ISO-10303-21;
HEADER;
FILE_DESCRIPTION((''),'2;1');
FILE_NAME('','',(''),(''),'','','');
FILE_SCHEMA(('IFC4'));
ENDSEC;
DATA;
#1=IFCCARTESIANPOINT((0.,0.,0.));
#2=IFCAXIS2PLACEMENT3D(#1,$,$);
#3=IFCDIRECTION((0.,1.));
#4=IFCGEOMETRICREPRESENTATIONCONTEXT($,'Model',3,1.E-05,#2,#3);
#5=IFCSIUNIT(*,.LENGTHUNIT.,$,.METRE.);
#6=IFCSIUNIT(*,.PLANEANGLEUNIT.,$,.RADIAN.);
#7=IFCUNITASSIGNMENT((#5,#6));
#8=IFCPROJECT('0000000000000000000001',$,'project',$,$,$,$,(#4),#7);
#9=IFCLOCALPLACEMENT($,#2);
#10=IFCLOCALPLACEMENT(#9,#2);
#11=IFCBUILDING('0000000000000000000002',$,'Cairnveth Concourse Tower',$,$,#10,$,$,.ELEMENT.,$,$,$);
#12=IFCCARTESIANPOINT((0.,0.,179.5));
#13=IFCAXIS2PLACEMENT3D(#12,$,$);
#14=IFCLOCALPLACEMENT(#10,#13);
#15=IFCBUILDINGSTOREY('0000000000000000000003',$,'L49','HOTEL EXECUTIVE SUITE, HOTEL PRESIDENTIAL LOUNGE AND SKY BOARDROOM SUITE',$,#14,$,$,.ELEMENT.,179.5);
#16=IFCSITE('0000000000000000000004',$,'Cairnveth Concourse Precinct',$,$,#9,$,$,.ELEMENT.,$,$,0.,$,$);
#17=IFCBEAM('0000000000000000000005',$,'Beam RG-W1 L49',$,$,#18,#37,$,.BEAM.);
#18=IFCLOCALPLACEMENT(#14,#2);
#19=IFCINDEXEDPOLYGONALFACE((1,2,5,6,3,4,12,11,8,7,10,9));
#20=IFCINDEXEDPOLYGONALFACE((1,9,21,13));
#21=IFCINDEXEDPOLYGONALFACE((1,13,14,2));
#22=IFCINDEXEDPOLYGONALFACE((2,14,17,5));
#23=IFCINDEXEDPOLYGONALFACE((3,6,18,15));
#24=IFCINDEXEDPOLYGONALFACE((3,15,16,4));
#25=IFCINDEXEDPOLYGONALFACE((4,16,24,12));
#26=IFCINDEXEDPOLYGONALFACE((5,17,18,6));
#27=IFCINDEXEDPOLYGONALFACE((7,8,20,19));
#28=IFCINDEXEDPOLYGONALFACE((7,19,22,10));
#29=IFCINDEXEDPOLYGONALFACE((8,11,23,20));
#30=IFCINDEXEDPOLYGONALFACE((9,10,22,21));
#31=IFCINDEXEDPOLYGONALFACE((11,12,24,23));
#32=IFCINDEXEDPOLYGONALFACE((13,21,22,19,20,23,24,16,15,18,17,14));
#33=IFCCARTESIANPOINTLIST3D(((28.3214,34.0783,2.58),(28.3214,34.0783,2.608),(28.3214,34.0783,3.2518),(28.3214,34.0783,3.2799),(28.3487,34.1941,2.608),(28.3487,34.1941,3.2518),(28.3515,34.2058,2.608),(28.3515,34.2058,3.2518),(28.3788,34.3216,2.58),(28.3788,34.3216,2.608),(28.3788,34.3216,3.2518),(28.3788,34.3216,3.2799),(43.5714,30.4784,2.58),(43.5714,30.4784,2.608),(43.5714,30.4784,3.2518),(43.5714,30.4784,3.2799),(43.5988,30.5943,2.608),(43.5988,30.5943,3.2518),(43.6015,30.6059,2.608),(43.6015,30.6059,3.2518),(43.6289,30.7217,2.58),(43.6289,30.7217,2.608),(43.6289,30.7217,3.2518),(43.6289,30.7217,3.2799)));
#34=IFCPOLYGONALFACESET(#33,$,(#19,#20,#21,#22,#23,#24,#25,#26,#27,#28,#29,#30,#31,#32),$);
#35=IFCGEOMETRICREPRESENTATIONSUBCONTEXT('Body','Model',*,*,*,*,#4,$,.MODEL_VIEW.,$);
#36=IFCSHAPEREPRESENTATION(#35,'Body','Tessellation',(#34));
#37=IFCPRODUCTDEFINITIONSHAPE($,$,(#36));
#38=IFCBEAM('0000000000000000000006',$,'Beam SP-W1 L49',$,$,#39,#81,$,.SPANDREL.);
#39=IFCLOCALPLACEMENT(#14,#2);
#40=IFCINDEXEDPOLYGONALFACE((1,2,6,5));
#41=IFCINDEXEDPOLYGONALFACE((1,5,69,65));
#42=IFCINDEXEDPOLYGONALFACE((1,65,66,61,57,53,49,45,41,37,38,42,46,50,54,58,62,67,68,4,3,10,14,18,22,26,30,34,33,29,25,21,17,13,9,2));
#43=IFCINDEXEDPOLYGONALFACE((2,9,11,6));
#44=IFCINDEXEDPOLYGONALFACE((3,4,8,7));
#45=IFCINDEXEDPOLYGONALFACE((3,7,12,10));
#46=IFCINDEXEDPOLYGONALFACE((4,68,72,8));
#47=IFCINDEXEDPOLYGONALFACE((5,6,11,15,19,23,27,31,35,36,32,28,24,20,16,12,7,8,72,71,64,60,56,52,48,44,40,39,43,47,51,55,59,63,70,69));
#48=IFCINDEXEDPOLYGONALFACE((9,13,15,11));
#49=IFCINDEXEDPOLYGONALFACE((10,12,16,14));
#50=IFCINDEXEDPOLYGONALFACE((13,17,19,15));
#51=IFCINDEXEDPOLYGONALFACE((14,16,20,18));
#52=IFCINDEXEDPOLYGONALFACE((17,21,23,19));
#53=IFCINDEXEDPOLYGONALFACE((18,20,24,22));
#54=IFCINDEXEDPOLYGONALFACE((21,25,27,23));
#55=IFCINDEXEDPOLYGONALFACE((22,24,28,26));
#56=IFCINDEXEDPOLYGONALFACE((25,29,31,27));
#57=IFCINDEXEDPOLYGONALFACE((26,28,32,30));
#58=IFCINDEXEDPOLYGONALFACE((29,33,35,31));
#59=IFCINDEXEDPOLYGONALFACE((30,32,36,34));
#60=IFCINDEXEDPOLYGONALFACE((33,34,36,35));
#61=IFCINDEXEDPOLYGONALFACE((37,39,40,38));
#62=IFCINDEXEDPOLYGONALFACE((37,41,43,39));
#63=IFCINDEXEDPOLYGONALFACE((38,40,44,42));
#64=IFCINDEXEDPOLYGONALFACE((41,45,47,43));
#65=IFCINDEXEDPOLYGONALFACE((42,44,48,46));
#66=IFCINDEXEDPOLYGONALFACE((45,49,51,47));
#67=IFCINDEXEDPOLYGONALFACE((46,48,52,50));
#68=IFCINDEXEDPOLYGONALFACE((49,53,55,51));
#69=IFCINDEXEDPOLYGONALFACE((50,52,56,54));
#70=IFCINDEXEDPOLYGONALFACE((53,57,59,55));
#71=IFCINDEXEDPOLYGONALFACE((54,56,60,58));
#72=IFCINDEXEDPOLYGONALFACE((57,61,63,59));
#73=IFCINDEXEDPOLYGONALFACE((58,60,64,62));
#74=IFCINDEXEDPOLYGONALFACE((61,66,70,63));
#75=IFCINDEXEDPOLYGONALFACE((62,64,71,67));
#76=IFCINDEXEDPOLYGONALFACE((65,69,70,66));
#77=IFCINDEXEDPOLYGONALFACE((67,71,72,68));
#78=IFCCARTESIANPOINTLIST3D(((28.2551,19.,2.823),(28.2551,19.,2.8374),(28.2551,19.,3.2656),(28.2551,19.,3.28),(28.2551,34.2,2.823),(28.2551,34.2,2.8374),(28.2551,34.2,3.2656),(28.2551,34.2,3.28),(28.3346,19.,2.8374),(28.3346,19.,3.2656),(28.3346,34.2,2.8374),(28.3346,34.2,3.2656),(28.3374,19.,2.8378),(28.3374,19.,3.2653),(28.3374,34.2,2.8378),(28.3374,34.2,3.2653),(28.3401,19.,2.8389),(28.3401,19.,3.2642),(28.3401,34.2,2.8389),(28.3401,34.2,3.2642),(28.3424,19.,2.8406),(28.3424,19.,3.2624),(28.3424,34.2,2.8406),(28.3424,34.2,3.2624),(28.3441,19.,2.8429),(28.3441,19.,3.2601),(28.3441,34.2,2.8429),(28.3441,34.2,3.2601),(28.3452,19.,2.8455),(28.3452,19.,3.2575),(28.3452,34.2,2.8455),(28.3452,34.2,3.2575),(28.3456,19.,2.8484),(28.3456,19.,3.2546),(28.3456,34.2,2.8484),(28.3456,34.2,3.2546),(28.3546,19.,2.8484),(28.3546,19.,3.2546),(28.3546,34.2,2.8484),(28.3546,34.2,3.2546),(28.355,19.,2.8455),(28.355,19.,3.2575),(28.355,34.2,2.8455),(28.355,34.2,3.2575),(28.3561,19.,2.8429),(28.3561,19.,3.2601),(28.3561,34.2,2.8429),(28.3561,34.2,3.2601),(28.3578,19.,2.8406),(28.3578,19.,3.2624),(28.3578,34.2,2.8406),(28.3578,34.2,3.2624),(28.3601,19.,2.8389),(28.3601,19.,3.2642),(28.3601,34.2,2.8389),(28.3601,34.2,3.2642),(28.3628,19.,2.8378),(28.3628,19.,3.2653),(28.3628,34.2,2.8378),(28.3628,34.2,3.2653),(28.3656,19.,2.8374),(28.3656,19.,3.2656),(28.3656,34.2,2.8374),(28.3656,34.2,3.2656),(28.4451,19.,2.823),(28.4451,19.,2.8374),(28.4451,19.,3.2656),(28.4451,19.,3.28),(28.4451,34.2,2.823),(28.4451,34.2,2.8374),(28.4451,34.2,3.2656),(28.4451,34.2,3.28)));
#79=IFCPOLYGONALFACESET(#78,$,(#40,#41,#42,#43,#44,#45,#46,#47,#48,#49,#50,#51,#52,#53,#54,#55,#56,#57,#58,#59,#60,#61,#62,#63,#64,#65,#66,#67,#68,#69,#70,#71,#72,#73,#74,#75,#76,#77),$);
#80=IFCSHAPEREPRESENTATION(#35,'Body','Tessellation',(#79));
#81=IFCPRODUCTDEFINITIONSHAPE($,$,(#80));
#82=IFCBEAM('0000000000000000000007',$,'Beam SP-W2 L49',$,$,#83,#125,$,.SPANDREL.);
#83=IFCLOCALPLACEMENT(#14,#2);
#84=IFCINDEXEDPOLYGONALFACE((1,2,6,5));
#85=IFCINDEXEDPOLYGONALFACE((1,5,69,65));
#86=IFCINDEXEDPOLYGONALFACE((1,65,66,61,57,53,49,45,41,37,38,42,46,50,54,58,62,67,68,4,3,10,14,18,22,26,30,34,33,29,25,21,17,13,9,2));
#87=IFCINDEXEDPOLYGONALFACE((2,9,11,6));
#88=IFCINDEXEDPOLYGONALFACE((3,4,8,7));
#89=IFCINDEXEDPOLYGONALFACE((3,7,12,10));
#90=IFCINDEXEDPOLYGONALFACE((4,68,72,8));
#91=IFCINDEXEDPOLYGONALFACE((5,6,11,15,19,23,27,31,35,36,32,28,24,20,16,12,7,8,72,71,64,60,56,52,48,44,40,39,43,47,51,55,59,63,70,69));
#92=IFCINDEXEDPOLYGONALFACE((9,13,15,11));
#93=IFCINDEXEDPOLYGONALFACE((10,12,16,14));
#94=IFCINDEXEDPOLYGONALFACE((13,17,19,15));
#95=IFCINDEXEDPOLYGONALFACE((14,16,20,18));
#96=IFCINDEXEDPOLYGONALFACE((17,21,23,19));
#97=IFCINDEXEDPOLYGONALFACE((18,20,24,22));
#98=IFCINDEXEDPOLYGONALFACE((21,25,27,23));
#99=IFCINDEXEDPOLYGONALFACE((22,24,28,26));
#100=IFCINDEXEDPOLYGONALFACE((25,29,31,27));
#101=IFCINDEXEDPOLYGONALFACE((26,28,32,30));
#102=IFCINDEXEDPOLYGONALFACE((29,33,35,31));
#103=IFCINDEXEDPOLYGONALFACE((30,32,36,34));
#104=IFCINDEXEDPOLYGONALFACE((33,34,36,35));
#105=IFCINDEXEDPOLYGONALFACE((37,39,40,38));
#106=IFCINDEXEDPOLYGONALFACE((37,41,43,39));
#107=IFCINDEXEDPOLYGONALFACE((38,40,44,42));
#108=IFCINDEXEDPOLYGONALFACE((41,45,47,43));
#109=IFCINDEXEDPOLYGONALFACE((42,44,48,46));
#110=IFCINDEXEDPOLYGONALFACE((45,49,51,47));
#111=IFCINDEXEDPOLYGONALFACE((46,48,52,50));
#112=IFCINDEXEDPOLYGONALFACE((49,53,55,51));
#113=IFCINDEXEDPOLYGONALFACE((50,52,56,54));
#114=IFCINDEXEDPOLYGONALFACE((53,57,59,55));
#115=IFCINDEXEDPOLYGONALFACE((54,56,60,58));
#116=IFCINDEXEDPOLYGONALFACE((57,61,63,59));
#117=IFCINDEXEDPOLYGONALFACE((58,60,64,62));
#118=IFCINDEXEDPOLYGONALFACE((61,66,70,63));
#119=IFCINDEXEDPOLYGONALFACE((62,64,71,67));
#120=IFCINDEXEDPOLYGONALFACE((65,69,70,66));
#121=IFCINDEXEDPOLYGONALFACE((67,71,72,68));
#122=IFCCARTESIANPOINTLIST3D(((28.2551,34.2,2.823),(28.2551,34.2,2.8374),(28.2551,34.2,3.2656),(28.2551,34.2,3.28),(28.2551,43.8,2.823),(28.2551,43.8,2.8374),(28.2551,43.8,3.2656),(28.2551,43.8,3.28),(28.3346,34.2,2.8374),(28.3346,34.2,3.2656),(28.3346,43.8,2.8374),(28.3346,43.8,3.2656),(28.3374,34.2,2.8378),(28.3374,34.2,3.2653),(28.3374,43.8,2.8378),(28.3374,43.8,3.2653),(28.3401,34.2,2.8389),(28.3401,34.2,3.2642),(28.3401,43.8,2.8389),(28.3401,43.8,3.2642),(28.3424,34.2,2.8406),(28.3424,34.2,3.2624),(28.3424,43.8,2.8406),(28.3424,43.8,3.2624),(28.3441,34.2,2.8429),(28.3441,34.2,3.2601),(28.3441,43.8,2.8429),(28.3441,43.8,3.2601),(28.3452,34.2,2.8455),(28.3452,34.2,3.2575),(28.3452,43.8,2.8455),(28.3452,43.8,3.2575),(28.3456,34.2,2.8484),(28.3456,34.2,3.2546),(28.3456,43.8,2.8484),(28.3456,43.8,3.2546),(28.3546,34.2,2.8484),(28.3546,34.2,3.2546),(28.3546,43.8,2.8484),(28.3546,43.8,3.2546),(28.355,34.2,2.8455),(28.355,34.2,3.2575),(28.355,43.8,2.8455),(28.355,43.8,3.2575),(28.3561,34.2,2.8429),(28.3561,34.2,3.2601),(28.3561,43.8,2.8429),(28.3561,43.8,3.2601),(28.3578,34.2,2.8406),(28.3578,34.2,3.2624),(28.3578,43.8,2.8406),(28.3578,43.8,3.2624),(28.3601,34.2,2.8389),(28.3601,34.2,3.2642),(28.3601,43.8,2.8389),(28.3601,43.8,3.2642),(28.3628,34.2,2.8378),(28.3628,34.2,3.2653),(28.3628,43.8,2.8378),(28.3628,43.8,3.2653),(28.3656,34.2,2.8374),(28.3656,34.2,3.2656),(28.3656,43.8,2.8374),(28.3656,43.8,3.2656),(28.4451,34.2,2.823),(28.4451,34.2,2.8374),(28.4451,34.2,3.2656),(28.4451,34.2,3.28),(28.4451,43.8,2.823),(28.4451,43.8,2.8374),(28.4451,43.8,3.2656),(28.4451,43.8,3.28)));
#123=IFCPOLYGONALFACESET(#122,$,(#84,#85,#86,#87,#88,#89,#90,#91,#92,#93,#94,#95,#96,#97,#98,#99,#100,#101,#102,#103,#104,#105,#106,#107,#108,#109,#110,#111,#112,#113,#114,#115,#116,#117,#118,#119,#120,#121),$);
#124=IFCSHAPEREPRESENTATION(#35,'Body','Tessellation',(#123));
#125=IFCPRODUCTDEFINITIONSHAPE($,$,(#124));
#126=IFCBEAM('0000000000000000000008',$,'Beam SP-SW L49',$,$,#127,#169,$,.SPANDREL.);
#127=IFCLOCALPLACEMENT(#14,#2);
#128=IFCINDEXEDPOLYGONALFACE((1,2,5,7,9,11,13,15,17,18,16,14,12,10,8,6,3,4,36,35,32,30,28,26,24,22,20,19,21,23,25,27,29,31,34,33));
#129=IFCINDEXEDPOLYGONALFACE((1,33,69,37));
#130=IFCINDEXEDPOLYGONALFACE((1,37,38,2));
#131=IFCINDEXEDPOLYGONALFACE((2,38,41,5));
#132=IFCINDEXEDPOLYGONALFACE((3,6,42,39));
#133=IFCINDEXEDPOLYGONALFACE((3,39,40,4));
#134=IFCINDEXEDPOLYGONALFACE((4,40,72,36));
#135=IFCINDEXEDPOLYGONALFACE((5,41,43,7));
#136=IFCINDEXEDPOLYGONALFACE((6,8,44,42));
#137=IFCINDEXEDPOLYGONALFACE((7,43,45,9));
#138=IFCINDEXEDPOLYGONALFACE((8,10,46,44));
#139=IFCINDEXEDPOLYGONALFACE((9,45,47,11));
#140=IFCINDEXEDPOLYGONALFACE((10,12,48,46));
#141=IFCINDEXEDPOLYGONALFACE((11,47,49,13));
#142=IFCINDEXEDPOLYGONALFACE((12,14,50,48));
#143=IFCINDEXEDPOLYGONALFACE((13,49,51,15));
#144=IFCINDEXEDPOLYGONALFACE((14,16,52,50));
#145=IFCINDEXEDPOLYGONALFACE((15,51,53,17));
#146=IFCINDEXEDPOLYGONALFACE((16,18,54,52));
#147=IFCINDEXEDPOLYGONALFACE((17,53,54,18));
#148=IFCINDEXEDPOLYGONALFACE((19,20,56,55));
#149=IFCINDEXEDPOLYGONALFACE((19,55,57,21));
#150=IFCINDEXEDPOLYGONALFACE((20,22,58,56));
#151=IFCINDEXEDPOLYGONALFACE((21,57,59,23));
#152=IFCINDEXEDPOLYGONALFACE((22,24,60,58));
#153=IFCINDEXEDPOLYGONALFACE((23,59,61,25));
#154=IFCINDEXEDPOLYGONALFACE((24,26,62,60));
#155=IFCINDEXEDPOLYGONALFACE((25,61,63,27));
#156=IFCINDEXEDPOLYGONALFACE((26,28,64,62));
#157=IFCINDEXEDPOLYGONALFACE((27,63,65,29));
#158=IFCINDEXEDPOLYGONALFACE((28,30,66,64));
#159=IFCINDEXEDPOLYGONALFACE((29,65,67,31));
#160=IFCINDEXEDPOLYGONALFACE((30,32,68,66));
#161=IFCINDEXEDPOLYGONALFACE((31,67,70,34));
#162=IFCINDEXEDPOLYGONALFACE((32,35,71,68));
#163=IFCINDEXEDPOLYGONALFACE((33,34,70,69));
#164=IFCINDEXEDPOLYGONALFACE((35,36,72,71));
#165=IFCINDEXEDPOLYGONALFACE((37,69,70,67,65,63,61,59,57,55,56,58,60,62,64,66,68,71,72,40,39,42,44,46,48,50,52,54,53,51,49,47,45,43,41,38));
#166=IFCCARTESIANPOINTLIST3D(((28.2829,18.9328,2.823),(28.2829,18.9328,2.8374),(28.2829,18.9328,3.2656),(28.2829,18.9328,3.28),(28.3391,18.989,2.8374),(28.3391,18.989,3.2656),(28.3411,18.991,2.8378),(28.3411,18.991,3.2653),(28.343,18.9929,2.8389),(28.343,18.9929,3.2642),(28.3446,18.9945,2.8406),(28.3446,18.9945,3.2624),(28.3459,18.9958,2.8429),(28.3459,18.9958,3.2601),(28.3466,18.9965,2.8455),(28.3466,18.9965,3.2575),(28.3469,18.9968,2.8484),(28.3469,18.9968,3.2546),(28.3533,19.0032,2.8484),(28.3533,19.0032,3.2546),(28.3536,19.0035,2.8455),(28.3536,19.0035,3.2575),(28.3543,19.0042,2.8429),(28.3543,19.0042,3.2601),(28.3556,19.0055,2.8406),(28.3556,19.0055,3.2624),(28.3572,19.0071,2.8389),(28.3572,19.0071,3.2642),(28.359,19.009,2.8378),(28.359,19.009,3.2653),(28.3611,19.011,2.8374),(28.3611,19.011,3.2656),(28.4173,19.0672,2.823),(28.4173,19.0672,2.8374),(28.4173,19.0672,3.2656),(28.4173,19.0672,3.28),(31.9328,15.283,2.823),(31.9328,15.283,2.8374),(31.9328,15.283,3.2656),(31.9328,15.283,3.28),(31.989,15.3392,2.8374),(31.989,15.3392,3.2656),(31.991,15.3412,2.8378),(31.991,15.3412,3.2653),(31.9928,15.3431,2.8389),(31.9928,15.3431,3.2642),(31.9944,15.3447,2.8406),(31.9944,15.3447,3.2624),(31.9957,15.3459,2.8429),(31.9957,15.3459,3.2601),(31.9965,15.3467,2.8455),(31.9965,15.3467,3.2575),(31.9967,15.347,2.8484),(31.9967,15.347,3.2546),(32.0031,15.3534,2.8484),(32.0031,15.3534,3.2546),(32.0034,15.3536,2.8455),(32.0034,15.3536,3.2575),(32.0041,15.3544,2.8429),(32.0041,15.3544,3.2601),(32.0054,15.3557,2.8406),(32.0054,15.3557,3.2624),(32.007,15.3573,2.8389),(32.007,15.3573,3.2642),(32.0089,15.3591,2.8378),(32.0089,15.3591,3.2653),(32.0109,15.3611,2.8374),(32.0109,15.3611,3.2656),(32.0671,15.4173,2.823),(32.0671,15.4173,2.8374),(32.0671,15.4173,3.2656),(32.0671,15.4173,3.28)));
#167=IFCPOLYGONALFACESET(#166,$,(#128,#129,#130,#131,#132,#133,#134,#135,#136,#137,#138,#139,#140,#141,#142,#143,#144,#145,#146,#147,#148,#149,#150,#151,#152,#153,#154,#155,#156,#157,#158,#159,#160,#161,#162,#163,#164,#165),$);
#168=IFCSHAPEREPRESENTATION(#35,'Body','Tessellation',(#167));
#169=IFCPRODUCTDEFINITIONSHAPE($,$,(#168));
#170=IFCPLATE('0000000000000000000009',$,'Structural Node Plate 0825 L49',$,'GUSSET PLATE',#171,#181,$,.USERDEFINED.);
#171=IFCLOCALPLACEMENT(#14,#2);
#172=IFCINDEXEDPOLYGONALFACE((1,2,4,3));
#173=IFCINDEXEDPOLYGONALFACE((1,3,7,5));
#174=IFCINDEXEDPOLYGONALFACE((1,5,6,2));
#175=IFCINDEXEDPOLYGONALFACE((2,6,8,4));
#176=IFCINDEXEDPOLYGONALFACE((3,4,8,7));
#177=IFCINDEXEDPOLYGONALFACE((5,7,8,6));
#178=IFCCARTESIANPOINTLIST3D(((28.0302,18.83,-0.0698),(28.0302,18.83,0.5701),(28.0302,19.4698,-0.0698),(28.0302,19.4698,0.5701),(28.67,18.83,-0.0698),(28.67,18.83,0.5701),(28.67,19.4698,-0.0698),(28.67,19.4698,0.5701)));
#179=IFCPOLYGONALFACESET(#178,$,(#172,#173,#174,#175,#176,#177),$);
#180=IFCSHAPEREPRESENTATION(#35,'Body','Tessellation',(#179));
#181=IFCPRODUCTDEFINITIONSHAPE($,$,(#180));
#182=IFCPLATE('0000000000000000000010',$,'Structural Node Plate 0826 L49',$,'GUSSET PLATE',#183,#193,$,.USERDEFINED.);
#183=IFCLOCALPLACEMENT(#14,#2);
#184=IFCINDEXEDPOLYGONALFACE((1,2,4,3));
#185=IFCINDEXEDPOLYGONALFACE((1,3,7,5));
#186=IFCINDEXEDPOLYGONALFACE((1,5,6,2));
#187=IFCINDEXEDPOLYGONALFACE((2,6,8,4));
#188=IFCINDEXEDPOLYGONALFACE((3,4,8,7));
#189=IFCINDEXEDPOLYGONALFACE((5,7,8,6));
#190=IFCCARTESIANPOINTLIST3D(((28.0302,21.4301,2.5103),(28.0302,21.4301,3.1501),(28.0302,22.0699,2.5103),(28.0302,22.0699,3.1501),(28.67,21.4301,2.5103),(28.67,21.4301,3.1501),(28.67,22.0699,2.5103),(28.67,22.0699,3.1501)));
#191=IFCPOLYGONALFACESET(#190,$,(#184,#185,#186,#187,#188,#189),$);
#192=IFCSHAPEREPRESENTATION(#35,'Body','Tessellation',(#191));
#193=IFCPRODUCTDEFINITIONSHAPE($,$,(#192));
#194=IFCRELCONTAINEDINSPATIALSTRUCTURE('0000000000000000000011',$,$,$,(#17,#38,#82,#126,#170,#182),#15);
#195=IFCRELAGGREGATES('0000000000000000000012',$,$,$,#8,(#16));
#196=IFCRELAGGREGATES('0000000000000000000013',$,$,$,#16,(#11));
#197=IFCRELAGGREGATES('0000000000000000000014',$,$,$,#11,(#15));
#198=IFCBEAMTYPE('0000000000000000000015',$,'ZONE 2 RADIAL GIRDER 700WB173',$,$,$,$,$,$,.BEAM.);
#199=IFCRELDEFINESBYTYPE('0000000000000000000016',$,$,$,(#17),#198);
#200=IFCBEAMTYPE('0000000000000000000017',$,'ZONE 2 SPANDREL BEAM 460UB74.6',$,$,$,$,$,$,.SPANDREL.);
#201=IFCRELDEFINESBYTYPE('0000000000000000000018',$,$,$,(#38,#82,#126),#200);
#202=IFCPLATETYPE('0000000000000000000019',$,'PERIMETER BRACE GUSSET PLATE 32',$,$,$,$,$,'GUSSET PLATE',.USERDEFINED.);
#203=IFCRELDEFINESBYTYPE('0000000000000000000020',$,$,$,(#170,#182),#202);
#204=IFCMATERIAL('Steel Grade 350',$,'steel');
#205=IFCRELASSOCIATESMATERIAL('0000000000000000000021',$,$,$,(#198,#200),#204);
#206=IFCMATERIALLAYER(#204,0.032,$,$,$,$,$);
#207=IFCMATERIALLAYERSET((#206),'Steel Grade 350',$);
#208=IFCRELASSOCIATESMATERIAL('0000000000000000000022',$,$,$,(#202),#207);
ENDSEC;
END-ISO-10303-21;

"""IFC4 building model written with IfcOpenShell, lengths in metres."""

from ifc_helpers import new_model, si_unit, direction, frame, origin, origin_2d, place, context, subcontext, project, spatial, rectangle, i_section, extrude, material, layer, layer_set, material_profile, profile_set, type_object, element, save


model = new_model("IFC4")

# Units and contexts
model_context = context("Model", 3, precision=1e-05, world=origin(), true_north=direction((0.0, 1.0)))
body_context = subcontext(model_context, "Body", "Model", "MODEL_VIEW")
ifc_project = project(units=[si_unit("LENGTHUNIT", "METRE"), si_unit("PLANEANGLEUNIT", "RADIAN")], contexts=[model_context])

# Site, building, storey
site_placement = place(None, origin())
site = spatial("IfcSite", under=ifc_project, at=site_placement, Name="Cairnveth Concourse Precinct", CompositionType="ELEMENT", RefElevation=0.0)
building_placement = place(site_placement, origin())
building = spatial("IfcBuilding", under=site, at=building_placement, Name="Cairnveth Concourse Tower", CompositionType="ELEMENT")
storey_placement = place(building_placement, frame((0.0, 0.0, 179.5)))
storey = spatial("IfcBuildingStorey", under=building, at=storey_placement, Name="L49", Description="HOTEL EXECUTIVE SUITE, HOTEL PRESIDENTIAL LOUNGE AND SKY BOARDROOM SUITE", CompositionType="ELEMENT", Elevation=179.5)

# Shared definitions
ifc_material_1 = material(Name="Steel Grade 350", Category="steel")

# Beams
ifc_material_profile_1 = material_profile(ifc_material_1, i_section(OverallWidth=0.25, OverallDepth=0.7, WebThickness=0.012, FlangeThickness=0.0281, at=origin_2d()), Name="700WB173")
ifc_profile_set_1 = profile_set([ifc_material_profile_1], Name="Steel Grade 350")
beam_type_1 = type_object("IfcBeamType", Name="ZONE 2 RADIAL GIRDER 700WB173", PredefinedType="BEAM", material=ifc_profile_set_1)
beam_1_placement = place(storey_placement, frame((28.3501, 34.2, 2.9299), z_axis=(0.973252, -0.229742, 0.0), x_axis=(0.229742, 0.973252, 0.0)))
element("IfcBeam", 1, at=beam_1_placement, inside=storey, type_object=beam_type_1, Name="Beam RG-W1 L49", PredefinedType="BEAM", context=body_context, shape_type="SweptSolid", body=[
    extrude(i_section(OverallWidth=0.25, OverallDepth=0.7, WebThickness=0.012, FlangeThickness=0.0281, at=origin_2d()), origin(), (0.0, 0.0, 1.0), 15.6692),
])
ifc_material_profile_2 = material_profile(ifc_material_1, i_section(OverallWidth=0.1899, OverallDepth=0.457, WebThickness=0.009, FlangeThickness=0.0144, FilletRadius=0.011, at=origin_2d()), Name="460UB74.6")
ifc_profile_set_2 = profile_set([ifc_material_profile_2], Name="Steel Grade 350")
beam_type_2 = type_object("IfcBeamType", Name="ZONE 2 SPANDREL BEAM 460UB74.6", PredefinedType="SPANDREL", material=ifc_profile_set_2)
beam_2_placement = place(storey_placement, frame((28.3501, 19.0, 3.0515), z_axis=(0.0, 1.0, 0.0), x_axis=(-1.0, 0.0, 0.0)))
element("IfcBeam", 2, at=beam_2_placement, inside=storey, type_object=beam_type_2, Name="Beam SP-W1 L49", PredefinedType="SPANDREL", context=body_context, shape_type="SweptSolid", body=[
    extrude(i_section(OverallWidth=0.1899, OverallDepth=0.457, WebThickness=0.009, FlangeThickness=0.0144, FilletRadius=0.011, at=origin_2d()), origin(), (0.0, 0.0, 1.0), 15.2),
])
beam_3_placement = place(storey_placement, frame((28.3501, 34.2, 3.0515), z_axis=(0.0, 1.0, 0.0), x_axis=(-1.0, 0.0, 0.0)))
element("IfcBeam", 3, at=beam_3_placement, inside=storey, type_object=beam_type_2, Name="Beam SP-W2 L49", PredefinedType="SPANDREL", context=body_context, shape_type="SweptSolid", body=[
    extrude(i_section(OverallWidth=0.1899, OverallDepth=0.457, WebThickness=0.009, FlangeThickness=0.0144, FilletRadius=0.011, at=origin_2d()), origin(), (0.0, 0.0, 1.0), 9.6001),
])
beam_4_placement = place(storey_placement, frame((28.3501, 19.0, 3.0515), z_axis=(0.707107, -0.707107, 0.0), x_axis=(0.707107, 0.707107, 0.0)))
element("IfcBeam", 4, at=beam_4_placement, inside=storey, type_object=beam_type_2, Name="Beam SP-SW L49", PredefinedType="SPANDREL", context=body_context, shape_type="SweptSolid", body=[
    extrude(i_section(OverallWidth=0.1899, OverallDepth=0.457, WebThickness=0.009, FlangeThickness=0.0144, FilletRadius=0.011, at=origin_2d()), origin(), (0.0, 0.0, 1.0), 5.1616),
])

# Plates
ifc_layer_1 = layer(ifc_material_1, 0.032)
ifc_layer_set_1 = layer_set([ifc_layer_1], Name="Steel Grade 350")
plate_type = type_object("IfcPlateType", Name="PERIMETER BRACE GUSSET PLATE 32", ElementType="GUSSET PLATE", PredefinedType="USERDEFINED", material=ifc_layer_set_1)
for number, where, z_axis, x_axis, name in (
    (5, (28.3501, 19.1499, -0.0698), (0.0, 0.0, 1.0), (1.0, 0.0, 0.0), "Structural Node Plate 0825 L49"),
    (6, (28.3501, 21.75, 2.5103), (0.0, 0.0, 1.0), (1.0, 0.0, 0.0), "Structural Node Plate 0826 L49"),
):
    element("IfcPlate", number, at=place(storey_placement, frame(where, z_axis=z_axis, x_axis=x_axis)), inside=storey, type_object=plate_type, Name=name, ObjectType="GUSSET PLATE", PredefinedType="USERDEFINED", context=body_context, shape_type="SweptSolid", body=[
        extrude(rectangle(XDim=0.6399, YDim=0.6399, at=origin_2d()), origin(), (0.0, 0.0, 1.0), 0.6399),
    ])

save(model, "model.ifc")
